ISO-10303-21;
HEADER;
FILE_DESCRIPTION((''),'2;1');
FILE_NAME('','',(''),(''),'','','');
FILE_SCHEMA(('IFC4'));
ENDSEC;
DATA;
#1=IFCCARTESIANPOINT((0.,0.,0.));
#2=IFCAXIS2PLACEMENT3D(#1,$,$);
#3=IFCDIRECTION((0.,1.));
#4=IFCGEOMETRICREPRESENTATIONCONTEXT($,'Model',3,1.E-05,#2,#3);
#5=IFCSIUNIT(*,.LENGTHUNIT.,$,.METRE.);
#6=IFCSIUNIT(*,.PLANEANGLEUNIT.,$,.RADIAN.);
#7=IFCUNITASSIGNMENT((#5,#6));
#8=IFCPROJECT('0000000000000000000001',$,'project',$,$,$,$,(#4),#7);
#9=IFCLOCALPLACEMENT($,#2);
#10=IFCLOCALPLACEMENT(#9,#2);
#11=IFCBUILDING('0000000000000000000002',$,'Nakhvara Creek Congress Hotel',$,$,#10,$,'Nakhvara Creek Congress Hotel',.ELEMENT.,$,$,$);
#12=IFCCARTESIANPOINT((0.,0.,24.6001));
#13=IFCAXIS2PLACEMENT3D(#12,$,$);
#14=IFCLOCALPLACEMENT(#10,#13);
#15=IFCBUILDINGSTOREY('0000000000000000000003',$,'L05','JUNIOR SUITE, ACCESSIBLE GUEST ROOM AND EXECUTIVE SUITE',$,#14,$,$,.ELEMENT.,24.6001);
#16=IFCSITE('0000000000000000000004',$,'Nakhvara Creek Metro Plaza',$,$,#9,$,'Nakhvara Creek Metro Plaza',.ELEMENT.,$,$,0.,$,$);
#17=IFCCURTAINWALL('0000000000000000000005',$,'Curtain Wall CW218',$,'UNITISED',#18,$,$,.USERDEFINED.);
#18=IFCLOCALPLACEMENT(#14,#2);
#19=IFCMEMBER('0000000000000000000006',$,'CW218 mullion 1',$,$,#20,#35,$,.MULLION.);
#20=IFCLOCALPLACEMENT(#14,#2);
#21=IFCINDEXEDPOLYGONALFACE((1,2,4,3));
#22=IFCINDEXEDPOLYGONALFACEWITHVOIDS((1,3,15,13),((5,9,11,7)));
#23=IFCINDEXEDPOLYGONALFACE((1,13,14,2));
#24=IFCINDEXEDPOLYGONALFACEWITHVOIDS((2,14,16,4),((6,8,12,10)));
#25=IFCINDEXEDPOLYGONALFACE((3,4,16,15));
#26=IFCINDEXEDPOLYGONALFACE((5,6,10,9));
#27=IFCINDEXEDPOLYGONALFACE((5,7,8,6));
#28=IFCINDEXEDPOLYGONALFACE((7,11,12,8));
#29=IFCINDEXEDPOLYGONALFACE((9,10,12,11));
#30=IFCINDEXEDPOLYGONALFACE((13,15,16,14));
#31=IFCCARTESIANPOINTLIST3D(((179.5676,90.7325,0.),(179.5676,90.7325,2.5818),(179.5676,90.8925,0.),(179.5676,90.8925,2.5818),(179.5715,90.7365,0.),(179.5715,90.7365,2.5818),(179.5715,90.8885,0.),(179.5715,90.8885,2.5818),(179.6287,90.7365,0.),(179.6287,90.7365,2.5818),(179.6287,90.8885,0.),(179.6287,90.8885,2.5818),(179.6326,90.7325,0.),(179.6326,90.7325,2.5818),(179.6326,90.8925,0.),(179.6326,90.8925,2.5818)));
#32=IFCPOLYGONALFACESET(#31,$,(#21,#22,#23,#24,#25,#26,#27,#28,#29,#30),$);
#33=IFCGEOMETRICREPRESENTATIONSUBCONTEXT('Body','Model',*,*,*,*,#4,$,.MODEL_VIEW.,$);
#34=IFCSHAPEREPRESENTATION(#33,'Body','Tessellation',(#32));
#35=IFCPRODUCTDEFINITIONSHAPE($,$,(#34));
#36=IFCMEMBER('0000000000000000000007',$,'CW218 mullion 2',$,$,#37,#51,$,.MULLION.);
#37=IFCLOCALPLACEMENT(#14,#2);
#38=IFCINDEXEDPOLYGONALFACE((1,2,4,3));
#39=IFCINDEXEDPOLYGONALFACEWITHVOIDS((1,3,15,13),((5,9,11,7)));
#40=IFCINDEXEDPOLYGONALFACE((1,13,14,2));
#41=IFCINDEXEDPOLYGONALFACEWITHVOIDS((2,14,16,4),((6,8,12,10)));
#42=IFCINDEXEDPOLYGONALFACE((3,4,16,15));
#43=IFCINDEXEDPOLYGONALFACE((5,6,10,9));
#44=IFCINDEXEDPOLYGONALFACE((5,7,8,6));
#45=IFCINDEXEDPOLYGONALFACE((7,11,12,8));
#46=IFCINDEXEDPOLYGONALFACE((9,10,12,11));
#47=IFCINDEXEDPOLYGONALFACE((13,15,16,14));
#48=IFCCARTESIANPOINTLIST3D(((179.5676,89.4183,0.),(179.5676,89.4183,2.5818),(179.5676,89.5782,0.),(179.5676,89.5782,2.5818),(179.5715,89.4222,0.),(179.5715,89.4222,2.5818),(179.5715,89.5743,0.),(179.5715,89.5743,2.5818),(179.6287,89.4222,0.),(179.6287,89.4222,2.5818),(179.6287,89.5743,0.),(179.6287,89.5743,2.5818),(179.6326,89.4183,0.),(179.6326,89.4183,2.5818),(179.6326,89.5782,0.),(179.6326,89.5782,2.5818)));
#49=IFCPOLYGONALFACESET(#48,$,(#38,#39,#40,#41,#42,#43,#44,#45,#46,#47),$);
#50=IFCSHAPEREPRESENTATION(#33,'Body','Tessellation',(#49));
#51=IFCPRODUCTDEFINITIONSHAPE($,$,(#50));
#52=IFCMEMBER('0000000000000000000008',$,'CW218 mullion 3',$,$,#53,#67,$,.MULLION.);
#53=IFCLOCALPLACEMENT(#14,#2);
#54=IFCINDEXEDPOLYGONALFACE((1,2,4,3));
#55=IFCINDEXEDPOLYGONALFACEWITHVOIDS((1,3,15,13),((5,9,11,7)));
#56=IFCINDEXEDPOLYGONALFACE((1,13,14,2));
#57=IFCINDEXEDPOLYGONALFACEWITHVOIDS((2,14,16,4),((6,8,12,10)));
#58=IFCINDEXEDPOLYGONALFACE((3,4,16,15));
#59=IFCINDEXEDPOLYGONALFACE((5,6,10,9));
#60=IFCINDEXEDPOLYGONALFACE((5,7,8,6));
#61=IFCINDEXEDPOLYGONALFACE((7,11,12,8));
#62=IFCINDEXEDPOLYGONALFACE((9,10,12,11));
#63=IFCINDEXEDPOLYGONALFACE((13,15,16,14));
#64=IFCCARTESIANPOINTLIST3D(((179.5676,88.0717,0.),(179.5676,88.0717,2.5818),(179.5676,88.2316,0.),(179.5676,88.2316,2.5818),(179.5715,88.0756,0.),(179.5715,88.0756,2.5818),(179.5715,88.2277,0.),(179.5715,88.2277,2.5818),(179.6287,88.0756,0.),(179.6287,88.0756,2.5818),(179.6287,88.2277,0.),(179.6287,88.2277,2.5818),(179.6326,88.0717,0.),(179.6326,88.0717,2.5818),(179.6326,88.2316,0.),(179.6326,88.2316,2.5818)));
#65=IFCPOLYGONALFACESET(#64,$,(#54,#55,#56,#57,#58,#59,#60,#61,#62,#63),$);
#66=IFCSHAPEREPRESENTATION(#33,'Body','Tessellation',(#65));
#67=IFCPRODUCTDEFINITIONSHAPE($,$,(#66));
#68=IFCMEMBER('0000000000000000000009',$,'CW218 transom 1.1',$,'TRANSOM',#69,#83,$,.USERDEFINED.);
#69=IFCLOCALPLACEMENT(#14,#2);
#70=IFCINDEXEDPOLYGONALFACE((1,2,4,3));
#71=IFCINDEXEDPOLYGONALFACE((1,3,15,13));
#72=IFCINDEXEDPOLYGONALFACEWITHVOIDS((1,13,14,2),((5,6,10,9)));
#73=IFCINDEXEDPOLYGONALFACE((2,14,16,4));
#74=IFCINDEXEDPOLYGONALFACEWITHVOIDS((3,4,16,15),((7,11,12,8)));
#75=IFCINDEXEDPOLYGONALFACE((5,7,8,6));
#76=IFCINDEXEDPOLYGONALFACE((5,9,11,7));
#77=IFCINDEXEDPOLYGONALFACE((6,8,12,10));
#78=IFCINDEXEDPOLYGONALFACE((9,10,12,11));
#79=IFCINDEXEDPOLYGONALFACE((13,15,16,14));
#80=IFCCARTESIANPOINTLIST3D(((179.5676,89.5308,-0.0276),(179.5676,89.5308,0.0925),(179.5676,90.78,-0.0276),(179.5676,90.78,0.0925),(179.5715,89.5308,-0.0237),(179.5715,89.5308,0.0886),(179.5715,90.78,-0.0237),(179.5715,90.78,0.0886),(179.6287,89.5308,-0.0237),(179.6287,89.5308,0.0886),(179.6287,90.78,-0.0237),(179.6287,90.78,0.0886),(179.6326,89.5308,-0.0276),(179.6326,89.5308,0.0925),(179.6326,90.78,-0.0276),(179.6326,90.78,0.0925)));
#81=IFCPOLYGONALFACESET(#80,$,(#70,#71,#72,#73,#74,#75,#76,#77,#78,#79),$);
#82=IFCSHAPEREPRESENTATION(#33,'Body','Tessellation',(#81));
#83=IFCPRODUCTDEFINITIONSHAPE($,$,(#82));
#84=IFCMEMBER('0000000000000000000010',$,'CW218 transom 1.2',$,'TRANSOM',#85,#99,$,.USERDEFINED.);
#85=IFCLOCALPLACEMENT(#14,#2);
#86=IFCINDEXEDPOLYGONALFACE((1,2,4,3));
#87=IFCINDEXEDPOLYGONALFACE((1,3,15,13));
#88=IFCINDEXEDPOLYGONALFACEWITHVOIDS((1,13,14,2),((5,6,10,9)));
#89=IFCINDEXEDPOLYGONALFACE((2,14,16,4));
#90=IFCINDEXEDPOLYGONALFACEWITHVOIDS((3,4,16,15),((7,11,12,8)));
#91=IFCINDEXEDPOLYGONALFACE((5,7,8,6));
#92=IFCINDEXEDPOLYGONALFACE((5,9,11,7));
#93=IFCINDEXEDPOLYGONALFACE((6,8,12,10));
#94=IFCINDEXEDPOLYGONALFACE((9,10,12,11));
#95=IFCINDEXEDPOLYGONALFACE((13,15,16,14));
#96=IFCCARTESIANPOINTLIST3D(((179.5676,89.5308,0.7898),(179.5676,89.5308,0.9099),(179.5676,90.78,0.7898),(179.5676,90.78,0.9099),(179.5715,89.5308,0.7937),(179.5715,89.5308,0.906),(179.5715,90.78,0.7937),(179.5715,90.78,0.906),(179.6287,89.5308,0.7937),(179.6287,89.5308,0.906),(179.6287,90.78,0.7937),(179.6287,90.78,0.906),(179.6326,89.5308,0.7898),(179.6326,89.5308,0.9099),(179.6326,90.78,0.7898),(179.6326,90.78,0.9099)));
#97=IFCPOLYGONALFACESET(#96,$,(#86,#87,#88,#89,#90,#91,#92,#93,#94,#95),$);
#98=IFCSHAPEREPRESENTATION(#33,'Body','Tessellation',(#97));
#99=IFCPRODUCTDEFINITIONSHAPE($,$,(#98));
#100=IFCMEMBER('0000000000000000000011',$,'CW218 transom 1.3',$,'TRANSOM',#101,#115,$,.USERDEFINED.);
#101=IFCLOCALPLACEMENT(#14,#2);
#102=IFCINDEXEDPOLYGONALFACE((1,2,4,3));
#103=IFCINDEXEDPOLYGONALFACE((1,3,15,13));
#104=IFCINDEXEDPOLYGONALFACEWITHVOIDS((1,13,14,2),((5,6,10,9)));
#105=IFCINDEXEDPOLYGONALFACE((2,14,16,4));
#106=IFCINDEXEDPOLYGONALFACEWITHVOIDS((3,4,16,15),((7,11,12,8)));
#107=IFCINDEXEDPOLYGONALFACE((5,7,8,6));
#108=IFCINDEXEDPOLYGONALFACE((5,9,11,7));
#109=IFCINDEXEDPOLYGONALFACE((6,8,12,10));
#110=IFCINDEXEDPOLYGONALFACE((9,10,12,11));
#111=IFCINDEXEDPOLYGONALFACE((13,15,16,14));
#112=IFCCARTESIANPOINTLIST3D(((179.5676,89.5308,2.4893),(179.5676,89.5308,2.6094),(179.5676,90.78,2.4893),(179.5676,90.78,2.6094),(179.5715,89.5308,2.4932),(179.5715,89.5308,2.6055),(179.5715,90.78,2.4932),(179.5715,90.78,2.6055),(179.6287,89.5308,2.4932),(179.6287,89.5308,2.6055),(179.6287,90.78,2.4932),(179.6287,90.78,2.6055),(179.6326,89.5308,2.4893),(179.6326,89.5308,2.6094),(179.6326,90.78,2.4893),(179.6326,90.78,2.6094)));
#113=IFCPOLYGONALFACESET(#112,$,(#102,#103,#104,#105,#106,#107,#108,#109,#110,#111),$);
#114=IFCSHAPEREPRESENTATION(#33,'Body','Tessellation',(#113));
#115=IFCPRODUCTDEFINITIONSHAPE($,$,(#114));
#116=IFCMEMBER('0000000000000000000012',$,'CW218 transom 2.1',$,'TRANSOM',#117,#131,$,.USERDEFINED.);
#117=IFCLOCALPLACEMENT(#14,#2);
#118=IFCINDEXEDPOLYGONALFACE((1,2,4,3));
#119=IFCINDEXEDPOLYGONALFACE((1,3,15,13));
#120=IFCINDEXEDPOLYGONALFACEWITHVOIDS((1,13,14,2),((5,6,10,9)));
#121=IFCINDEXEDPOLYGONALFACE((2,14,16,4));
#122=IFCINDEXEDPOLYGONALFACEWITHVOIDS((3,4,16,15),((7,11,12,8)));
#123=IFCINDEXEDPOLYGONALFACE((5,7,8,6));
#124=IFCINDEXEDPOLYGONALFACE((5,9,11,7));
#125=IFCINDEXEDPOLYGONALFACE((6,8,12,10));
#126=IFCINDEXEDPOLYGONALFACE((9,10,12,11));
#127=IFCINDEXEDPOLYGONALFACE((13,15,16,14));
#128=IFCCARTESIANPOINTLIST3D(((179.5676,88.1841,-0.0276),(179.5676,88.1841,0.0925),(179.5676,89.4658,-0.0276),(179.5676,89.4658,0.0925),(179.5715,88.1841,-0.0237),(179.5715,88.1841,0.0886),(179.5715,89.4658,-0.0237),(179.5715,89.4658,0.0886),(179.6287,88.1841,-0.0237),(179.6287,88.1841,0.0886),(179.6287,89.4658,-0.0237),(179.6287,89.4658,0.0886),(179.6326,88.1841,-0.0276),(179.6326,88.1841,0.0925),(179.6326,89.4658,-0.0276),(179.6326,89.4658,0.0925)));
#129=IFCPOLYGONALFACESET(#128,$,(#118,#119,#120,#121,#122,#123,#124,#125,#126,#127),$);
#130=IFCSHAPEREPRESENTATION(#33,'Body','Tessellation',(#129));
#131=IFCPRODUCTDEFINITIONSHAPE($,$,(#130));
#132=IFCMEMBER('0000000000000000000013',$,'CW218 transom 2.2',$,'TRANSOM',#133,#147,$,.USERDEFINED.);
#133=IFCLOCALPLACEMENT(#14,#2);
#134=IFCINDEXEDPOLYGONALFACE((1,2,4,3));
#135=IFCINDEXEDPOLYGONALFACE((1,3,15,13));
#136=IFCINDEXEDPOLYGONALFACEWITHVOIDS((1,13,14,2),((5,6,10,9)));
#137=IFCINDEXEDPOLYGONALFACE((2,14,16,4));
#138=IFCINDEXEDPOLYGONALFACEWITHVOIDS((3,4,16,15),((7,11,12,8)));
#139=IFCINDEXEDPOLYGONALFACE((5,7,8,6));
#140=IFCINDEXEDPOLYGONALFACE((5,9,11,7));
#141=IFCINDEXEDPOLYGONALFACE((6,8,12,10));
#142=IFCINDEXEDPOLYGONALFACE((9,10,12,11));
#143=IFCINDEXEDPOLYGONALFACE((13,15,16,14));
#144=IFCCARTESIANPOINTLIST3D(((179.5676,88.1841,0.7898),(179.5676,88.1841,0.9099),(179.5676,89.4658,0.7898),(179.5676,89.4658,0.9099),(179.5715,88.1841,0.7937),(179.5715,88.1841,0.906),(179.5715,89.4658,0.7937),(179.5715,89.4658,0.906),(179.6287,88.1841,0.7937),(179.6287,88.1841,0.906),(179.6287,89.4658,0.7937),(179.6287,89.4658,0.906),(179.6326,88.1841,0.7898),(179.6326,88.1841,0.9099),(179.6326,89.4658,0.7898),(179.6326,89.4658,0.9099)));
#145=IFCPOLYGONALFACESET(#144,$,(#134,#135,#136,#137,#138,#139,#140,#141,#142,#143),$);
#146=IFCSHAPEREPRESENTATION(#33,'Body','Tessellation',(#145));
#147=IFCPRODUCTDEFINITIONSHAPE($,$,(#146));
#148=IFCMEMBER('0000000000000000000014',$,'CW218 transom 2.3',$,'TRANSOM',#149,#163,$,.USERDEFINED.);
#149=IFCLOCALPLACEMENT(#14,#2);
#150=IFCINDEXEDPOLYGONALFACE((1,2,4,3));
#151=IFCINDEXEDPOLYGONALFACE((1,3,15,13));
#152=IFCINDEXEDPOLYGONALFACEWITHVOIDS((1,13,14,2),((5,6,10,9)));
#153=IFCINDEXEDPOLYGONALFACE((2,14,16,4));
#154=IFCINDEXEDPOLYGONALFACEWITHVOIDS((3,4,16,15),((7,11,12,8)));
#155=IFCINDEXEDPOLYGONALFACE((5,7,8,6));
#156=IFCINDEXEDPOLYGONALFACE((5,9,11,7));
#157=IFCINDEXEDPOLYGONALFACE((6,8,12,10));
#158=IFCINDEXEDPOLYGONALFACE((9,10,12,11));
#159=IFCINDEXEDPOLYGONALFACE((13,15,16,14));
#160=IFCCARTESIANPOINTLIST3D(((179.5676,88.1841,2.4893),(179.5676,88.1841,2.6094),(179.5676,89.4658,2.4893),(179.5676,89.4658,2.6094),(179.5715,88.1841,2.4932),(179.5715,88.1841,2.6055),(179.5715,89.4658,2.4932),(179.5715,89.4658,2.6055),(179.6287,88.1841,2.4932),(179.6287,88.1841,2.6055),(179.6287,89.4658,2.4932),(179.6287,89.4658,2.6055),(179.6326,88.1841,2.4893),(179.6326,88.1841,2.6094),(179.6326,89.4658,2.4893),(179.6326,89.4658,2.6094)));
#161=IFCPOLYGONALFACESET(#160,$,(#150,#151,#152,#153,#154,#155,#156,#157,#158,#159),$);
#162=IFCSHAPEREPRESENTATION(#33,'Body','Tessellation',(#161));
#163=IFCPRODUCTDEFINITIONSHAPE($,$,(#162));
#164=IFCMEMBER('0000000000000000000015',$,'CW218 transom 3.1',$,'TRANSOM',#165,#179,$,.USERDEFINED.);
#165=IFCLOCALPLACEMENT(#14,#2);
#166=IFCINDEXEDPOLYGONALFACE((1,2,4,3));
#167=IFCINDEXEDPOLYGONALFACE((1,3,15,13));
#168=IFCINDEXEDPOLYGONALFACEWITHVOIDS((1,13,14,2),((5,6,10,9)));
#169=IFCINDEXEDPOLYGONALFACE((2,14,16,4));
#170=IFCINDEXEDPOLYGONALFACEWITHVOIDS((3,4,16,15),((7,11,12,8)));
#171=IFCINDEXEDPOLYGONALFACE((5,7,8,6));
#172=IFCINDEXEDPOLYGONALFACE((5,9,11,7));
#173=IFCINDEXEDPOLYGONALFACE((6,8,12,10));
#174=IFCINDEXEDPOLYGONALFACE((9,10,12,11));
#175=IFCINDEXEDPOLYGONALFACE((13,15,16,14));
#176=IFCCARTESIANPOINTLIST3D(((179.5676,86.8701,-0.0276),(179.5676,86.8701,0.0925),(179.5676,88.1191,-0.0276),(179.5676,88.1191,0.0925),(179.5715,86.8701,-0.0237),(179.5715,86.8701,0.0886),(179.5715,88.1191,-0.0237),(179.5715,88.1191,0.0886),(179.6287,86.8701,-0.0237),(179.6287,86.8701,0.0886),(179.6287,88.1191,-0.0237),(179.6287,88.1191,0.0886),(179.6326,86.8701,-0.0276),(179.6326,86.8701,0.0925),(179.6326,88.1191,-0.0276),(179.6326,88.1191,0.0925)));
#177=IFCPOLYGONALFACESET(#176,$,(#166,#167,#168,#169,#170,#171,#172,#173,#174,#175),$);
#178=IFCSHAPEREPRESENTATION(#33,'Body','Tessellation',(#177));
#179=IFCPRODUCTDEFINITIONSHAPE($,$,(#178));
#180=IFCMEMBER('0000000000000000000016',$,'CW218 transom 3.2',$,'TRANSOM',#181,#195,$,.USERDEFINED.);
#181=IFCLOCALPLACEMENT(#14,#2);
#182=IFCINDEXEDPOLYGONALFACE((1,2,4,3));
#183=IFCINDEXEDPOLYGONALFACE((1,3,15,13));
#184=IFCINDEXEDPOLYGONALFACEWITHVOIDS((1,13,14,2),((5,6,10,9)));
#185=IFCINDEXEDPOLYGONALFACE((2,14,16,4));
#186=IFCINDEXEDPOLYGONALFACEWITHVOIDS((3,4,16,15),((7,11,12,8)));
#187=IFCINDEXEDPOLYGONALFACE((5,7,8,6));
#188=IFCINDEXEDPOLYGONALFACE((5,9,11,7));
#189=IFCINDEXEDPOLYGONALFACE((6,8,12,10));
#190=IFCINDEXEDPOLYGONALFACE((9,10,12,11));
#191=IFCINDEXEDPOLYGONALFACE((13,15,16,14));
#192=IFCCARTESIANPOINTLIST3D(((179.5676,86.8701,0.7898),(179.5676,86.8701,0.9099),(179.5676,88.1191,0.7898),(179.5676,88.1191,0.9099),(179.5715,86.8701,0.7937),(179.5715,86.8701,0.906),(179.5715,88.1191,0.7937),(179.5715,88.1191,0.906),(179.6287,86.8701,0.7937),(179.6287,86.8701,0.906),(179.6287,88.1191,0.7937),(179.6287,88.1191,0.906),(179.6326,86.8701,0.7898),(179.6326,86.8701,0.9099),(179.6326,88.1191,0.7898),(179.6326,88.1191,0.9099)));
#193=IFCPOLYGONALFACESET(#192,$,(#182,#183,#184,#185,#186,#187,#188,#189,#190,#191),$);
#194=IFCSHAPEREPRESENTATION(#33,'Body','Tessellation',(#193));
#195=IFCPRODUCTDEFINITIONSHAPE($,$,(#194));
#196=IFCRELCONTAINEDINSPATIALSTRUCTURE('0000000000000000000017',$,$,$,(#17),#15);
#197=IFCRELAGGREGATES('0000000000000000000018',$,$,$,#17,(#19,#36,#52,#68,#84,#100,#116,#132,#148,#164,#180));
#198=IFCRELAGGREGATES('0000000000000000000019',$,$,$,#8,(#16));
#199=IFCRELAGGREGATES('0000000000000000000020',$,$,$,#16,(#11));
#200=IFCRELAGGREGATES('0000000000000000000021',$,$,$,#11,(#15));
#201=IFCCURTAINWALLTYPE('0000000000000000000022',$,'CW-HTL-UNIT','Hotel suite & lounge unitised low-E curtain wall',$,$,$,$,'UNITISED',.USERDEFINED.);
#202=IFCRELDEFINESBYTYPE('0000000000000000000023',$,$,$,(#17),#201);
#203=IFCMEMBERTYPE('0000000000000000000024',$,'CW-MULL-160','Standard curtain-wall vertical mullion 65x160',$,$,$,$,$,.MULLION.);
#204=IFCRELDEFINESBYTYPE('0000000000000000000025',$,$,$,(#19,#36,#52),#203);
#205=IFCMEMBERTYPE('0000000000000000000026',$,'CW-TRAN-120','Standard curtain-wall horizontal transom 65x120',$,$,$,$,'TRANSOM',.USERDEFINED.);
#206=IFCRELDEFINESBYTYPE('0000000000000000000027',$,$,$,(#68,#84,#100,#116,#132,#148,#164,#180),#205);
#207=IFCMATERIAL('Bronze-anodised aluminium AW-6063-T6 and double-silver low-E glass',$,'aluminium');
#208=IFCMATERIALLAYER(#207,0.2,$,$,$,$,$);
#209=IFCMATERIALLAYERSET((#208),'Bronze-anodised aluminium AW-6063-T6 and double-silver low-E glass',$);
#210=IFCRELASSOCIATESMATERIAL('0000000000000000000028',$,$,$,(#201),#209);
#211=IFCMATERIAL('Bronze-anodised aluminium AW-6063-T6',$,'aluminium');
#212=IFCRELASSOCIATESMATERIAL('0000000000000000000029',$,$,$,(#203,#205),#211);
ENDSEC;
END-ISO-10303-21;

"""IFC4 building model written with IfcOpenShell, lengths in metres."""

from ifc_helpers import new_model, si_unit, direction, frame, origin, origin_2d, place, context, subcontext, project, spatial, hollow_rectangle, extrude, material, layer, layer_set, material_profile, profile_set, type_object, element, aggregate, save


model = new_model("IFC4")

# Units and contexts
model_context = context("Model", 3, precision=1e-05, world=origin(), true_north=direction((0.0, 1.0)))
body_context = subcontext(model_context, "Body", "Model", "MODEL_VIEW")
ifc_project = project(units=[si_unit("LENGTHUNIT", "METRE"), si_unit("PLANEANGLEUNIT", "RADIAN")], contexts=[model_context])

# Site, building, storey
site_placement = place(None, origin())
site = spatial("IfcSite", under=ifc_project, at=site_placement, Name="Nakhvara Creek Metro Plaza", LongName="Nakhvara Creek Metro Plaza", CompositionType="ELEMENT", RefElevation=0.0)
building_placement = place(site_placement, origin())
building = spatial("IfcBuilding", under=site, at=building_placement, Name="Nakhvara Creek Congress Hotel", LongName="Nakhvara Creek Congress Hotel", CompositionType="ELEMENT")
storey_placement = place(building_placement, frame((0.0, 0.0, 24.6001)))
storey = spatial("IfcBuildingStorey", under=building, at=storey_placement, Name="L05", Description="JUNIOR SUITE, ACCESSIBLE GUEST ROOM AND EXECUTIVE SUITE", CompositionType="ELEMENT", Elevation=24.6001)

# Curtain wall, members
ifc_material_1 = material(Name="Bronze-anodised aluminium AW-6063-T6 and double-silver low-E glass", Category="aluminium")
ifc_layer_1 = layer(ifc_material_1, 0.2)
ifc_layer_set_1 = layer_set([ifc_layer_1], Name="Bronze-anodised aluminium AW-6063-T6 and double-silver low-E glass")
curtain_wall_type = type_object("IfcCurtainWallType", Name="CW-HTL-UNIT", Description="Hotel suite & lounge unitised low-E curtain wall", ElementType="UNITISED", PredefinedType="USERDEFINED", material=ifc_layer_set_1)
curtain_wall_placement = place(storey_placement, origin())
curtain_wall = element("IfcCurtainWall", 1, at=curtain_wall_placement, inside=storey, type_object=curtain_wall_type, Name="Curtain Wall CW218", ObjectType="UNITISED", PredefinedType="USERDEFINED")
ifc_material_2 = material(Name="Bronze-anodised aluminium AW-6063-T6", Category="aluminium")
ifc_material_profile_1 = material_profile(ifc_material_2, hollow_rectangle(XDim=0.0649, YDim=0.1599, WallThickness=0.0039, at=origin_2d()), Name="ALU-MULL 65x160x4", Category="LoadBearing")
ifc_profile_set_1 = profile_set([ifc_material_profile_1], Name="Bronze-anodised aluminium AW-6063-T6")
member_type_1 = type_object("IfcMemberType", Name="CW-MULL-160", Description="Standard curtain-wall vertical mullion 65x160", PredefinedType="MULLION", material=ifc_profile_set_1)
member_1_placement = place(storey_placement, frame((179.6001, 90.8125, 0.0), z_axis=(0.0, 0.0, 1.0), x_axis=(1.0, 0.0, 0.0)))
member_1 = element("IfcMember", 2, at=member_1_placement, type_object=member_type_1, Name="CW218 mullion 1", PredefinedType="MULLION", context=body_context, shape_type="SweptSolid", body=[
    extrude(hollow_rectangle(XDim=0.0649, YDim=0.1599, WallThickness=0.0039, at=origin_2d()), origin(), (0.0, 0.0, 1.0), 2.5818),
])
member_2_placement = place(storey_placement, frame((179.6001, 89.4983, 0.0), z_axis=(0.0, 0.0, 1.0), x_axis=(1.0, 0.0, 0.0)))
member_2 = element("IfcMember", 3, at=member_2_placement, type_object=member_type_1, Name="CW218 mullion 2", PredefinedType="MULLION", context=body_context, shape_type="SweptSolid", body=[
    extrude(hollow_rectangle(XDim=0.0649, YDim=0.1599, WallThickness=0.0039, at=origin_2d()), origin(), (0.0, 0.0, 1.0), 2.5818),
])
member_3_placement = place(storey_placement, frame((179.6001, 88.1516, 0.0), z_axis=(0.0, 0.0, 1.0), x_axis=(1.0, 0.0, 0.0)))
member_3 = element("IfcMember", 4, at=member_3_placement, type_object=member_type_1, Name="CW218 mullion 3", PredefinedType="MULLION", context=body_context, shape_type="SweptSolid", body=[
    extrude(hollow_rectangle(XDim=0.0649, YDim=0.1599, WallThickness=0.0039, at=origin_2d()), origin(), (0.0, 0.0, 1.0), 2.5818),
])
ifc_material_profile_2 = material_profile(ifc_material_2, hollow_rectangle(XDim=0.0649, YDim=0.1201, WallThickness=0.0039, at=origin_2d()), Name="ALU-TRAN 65x120x4", Category="LoadBearing")
ifc_profile_set_2 = profile_set([ifc_material_profile_2], Name="Bronze-anodised aluminium AW-6063-T6")
member_type_2 = type_object("IfcMemberType", Name="CW-TRAN-120", Description="Standard curtain-wall horizontal transom 65x120", ElementType="TRANSOM", PredefinedType="USERDEFINED", material=ifc_profile_set_2)
member_4_placement = place(storey_placement, frame((179.6001, 90.78, 0.0325), z_axis=(0.0, -1.0, 0.0), x_axis=(1.0, 0.0, 0.0)))
member_4 = element("IfcMember", 5, at=member_4_placement, type_object=member_type_2, Name="CW218 transom 1.1", ObjectType="TRANSOM", PredefinedType="USERDEFINED", context=body_context, shape_type="SweptSolid", body=[
    extrude(hollow_rectangle(XDim=0.0649, YDim=0.1201, WallThickness=0.0039, at=origin_2d()), origin(), (0.0, 0.0, 1.0), 1.2493),
])
member_5_placement = place(storey_placement, frame((179.6001, 90.78, 0.8499), z_axis=(0.0, -1.0, 0.0), x_axis=(1.0, 0.0, 0.0)))
member_5 = element("IfcMember", 6, at=member_5_placement, type_object=member_type_2, Name="CW218 transom 1.2", ObjectType="TRANSOM", PredefinedType="USERDEFINED", context=body_context, shape_type="SweptSolid", body=[
    extrude(hollow_rectangle(XDim=0.0649, YDim=0.1201, WallThickness=0.0039, at=origin_2d()), origin(), (0.0, 0.0, 1.0), 1.2493),
])
member_6_placement = place(storey_placement, frame((179.6001, 90.78, 2.5493), z_axis=(0.0, -1.0, 0.0), x_axis=(1.0, 0.0, 0.0)))
member_6 = element("IfcMember", 7, at=member_6_placement, type_object=member_type_2, Name="CW218 transom 1.3", ObjectType="TRANSOM", PredefinedType="USERDEFINED", context=body_context, shape_type="SweptSolid", body=[
    extrude(hollow_rectangle(XDim=0.0649, YDim=0.1201, WallThickness=0.0039, at=origin_2d()), origin(), (0.0, 0.0, 1.0), 1.2493),
])
member_7_placement = place(storey_placement, frame((179.6001, 89.4658, 0.0325), z_axis=(0.0, -1.0, 0.0), x_axis=(1.0, 0.0, 0.0)))
member_7 = element("IfcMember", 8, at=member_7_placement, type_object=member_type_2, Name="CW218 transom 2.1", ObjectType="TRANSOM", PredefinedType="USERDEFINED", context=body_context, shape_type="SweptSolid", body=[
    extrude(hollow_rectangle(XDim=0.0649, YDim=0.1201, WallThickness=0.0039, at=origin_2d()), origin(), (0.0, 0.0, 1.0), 1.2817),
])
member_8_placement = place(storey_placement, frame((179.6001, 89.4658, 0.8499), z_axis=(0.0, -1.0, 0.0), x_axis=(1.0, 0.0, 0.0)))
member_8 = element("IfcMember", 9, at=member_8_placement, type_object=member_type_2, Name="CW218 transom 2.2", ObjectType="TRANSOM", PredefinedType="USERDEFINED", context=body_context, shape_type="SweptSolid", body=[
    extrude(hollow_rectangle(XDim=0.0649, YDim=0.1201, WallThickness=0.0039, at=origin_2d()), origin(), (0.0, 0.0, 1.0), 1.2817),
])
member_9_placement = place(storey_placement, frame((179.6001, 89.4658, 2.5493), z_axis=(0.0, -1.0, 0.0), x_axis=(1.0, 0.0, 0.0)))
member_9 = element("IfcMember", 10, at=member_9_placement, type_object=member_type_2, Name="CW218 transom 2.3", ObjectType="TRANSOM", PredefinedType="USERDEFINED", context=body_context, shape_type="SweptSolid", body=[
    extrude(hollow_rectangle(XDim=0.0649, YDim=0.1201, WallThickness=0.0039, at=origin_2d()), origin(), (0.0, 0.0, 1.0), 1.2817),
])
member_10_placement = place(storey_placement, frame((179.6001, 88.1191, 0.0325), z_axis=(0.0, -1.0, 0.0), x_axis=(1.0, 0.0, 0.0)))
member_10 = element("IfcMember", 11, at=member_10_placement, type_object=member_type_2, Name="CW218 transom 3.1", ObjectType="TRANSOM", PredefinedType="USERDEFINED", context=body_context, shape_type="SweptSolid", body=[
    extrude(hollow_rectangle(XDim=0.0649, YDim=0.1201, WallThickness=0.0039, at=origin_2d()), origin(), (0.0, 0.0, 1.0), 1.249),
])
member_11_placement = place(storey_placement, frame((179.6001, 88.1191, 0.8499), z_axis=(0.0, -1.0, 0.0), x_axis=(1.0, 0.0, 0.0)))
member_11 = element("IfcMember", 12, at=member_11_placement, type_object=member_type_2, Name="CW218 transom 3.2", ObjectType="TRANSOM", PredefinedType="USERDEFINED", context=body_context, shape_type="SweptSolid", body=[
    extrude(hollow_rectangle(XDim=0.0649, YDim=0.1201, WallThickness=0.0039, at=origin_2d()), origin(), (0.0, 0.0, 1.0), 1.249),
])
aggregate(curtain_wall, [member_1, member_2, member_3, member_4, member_5, member_6, member_7, member_8, member_9, member_10, member_11])

save(model, "model.ifc")
